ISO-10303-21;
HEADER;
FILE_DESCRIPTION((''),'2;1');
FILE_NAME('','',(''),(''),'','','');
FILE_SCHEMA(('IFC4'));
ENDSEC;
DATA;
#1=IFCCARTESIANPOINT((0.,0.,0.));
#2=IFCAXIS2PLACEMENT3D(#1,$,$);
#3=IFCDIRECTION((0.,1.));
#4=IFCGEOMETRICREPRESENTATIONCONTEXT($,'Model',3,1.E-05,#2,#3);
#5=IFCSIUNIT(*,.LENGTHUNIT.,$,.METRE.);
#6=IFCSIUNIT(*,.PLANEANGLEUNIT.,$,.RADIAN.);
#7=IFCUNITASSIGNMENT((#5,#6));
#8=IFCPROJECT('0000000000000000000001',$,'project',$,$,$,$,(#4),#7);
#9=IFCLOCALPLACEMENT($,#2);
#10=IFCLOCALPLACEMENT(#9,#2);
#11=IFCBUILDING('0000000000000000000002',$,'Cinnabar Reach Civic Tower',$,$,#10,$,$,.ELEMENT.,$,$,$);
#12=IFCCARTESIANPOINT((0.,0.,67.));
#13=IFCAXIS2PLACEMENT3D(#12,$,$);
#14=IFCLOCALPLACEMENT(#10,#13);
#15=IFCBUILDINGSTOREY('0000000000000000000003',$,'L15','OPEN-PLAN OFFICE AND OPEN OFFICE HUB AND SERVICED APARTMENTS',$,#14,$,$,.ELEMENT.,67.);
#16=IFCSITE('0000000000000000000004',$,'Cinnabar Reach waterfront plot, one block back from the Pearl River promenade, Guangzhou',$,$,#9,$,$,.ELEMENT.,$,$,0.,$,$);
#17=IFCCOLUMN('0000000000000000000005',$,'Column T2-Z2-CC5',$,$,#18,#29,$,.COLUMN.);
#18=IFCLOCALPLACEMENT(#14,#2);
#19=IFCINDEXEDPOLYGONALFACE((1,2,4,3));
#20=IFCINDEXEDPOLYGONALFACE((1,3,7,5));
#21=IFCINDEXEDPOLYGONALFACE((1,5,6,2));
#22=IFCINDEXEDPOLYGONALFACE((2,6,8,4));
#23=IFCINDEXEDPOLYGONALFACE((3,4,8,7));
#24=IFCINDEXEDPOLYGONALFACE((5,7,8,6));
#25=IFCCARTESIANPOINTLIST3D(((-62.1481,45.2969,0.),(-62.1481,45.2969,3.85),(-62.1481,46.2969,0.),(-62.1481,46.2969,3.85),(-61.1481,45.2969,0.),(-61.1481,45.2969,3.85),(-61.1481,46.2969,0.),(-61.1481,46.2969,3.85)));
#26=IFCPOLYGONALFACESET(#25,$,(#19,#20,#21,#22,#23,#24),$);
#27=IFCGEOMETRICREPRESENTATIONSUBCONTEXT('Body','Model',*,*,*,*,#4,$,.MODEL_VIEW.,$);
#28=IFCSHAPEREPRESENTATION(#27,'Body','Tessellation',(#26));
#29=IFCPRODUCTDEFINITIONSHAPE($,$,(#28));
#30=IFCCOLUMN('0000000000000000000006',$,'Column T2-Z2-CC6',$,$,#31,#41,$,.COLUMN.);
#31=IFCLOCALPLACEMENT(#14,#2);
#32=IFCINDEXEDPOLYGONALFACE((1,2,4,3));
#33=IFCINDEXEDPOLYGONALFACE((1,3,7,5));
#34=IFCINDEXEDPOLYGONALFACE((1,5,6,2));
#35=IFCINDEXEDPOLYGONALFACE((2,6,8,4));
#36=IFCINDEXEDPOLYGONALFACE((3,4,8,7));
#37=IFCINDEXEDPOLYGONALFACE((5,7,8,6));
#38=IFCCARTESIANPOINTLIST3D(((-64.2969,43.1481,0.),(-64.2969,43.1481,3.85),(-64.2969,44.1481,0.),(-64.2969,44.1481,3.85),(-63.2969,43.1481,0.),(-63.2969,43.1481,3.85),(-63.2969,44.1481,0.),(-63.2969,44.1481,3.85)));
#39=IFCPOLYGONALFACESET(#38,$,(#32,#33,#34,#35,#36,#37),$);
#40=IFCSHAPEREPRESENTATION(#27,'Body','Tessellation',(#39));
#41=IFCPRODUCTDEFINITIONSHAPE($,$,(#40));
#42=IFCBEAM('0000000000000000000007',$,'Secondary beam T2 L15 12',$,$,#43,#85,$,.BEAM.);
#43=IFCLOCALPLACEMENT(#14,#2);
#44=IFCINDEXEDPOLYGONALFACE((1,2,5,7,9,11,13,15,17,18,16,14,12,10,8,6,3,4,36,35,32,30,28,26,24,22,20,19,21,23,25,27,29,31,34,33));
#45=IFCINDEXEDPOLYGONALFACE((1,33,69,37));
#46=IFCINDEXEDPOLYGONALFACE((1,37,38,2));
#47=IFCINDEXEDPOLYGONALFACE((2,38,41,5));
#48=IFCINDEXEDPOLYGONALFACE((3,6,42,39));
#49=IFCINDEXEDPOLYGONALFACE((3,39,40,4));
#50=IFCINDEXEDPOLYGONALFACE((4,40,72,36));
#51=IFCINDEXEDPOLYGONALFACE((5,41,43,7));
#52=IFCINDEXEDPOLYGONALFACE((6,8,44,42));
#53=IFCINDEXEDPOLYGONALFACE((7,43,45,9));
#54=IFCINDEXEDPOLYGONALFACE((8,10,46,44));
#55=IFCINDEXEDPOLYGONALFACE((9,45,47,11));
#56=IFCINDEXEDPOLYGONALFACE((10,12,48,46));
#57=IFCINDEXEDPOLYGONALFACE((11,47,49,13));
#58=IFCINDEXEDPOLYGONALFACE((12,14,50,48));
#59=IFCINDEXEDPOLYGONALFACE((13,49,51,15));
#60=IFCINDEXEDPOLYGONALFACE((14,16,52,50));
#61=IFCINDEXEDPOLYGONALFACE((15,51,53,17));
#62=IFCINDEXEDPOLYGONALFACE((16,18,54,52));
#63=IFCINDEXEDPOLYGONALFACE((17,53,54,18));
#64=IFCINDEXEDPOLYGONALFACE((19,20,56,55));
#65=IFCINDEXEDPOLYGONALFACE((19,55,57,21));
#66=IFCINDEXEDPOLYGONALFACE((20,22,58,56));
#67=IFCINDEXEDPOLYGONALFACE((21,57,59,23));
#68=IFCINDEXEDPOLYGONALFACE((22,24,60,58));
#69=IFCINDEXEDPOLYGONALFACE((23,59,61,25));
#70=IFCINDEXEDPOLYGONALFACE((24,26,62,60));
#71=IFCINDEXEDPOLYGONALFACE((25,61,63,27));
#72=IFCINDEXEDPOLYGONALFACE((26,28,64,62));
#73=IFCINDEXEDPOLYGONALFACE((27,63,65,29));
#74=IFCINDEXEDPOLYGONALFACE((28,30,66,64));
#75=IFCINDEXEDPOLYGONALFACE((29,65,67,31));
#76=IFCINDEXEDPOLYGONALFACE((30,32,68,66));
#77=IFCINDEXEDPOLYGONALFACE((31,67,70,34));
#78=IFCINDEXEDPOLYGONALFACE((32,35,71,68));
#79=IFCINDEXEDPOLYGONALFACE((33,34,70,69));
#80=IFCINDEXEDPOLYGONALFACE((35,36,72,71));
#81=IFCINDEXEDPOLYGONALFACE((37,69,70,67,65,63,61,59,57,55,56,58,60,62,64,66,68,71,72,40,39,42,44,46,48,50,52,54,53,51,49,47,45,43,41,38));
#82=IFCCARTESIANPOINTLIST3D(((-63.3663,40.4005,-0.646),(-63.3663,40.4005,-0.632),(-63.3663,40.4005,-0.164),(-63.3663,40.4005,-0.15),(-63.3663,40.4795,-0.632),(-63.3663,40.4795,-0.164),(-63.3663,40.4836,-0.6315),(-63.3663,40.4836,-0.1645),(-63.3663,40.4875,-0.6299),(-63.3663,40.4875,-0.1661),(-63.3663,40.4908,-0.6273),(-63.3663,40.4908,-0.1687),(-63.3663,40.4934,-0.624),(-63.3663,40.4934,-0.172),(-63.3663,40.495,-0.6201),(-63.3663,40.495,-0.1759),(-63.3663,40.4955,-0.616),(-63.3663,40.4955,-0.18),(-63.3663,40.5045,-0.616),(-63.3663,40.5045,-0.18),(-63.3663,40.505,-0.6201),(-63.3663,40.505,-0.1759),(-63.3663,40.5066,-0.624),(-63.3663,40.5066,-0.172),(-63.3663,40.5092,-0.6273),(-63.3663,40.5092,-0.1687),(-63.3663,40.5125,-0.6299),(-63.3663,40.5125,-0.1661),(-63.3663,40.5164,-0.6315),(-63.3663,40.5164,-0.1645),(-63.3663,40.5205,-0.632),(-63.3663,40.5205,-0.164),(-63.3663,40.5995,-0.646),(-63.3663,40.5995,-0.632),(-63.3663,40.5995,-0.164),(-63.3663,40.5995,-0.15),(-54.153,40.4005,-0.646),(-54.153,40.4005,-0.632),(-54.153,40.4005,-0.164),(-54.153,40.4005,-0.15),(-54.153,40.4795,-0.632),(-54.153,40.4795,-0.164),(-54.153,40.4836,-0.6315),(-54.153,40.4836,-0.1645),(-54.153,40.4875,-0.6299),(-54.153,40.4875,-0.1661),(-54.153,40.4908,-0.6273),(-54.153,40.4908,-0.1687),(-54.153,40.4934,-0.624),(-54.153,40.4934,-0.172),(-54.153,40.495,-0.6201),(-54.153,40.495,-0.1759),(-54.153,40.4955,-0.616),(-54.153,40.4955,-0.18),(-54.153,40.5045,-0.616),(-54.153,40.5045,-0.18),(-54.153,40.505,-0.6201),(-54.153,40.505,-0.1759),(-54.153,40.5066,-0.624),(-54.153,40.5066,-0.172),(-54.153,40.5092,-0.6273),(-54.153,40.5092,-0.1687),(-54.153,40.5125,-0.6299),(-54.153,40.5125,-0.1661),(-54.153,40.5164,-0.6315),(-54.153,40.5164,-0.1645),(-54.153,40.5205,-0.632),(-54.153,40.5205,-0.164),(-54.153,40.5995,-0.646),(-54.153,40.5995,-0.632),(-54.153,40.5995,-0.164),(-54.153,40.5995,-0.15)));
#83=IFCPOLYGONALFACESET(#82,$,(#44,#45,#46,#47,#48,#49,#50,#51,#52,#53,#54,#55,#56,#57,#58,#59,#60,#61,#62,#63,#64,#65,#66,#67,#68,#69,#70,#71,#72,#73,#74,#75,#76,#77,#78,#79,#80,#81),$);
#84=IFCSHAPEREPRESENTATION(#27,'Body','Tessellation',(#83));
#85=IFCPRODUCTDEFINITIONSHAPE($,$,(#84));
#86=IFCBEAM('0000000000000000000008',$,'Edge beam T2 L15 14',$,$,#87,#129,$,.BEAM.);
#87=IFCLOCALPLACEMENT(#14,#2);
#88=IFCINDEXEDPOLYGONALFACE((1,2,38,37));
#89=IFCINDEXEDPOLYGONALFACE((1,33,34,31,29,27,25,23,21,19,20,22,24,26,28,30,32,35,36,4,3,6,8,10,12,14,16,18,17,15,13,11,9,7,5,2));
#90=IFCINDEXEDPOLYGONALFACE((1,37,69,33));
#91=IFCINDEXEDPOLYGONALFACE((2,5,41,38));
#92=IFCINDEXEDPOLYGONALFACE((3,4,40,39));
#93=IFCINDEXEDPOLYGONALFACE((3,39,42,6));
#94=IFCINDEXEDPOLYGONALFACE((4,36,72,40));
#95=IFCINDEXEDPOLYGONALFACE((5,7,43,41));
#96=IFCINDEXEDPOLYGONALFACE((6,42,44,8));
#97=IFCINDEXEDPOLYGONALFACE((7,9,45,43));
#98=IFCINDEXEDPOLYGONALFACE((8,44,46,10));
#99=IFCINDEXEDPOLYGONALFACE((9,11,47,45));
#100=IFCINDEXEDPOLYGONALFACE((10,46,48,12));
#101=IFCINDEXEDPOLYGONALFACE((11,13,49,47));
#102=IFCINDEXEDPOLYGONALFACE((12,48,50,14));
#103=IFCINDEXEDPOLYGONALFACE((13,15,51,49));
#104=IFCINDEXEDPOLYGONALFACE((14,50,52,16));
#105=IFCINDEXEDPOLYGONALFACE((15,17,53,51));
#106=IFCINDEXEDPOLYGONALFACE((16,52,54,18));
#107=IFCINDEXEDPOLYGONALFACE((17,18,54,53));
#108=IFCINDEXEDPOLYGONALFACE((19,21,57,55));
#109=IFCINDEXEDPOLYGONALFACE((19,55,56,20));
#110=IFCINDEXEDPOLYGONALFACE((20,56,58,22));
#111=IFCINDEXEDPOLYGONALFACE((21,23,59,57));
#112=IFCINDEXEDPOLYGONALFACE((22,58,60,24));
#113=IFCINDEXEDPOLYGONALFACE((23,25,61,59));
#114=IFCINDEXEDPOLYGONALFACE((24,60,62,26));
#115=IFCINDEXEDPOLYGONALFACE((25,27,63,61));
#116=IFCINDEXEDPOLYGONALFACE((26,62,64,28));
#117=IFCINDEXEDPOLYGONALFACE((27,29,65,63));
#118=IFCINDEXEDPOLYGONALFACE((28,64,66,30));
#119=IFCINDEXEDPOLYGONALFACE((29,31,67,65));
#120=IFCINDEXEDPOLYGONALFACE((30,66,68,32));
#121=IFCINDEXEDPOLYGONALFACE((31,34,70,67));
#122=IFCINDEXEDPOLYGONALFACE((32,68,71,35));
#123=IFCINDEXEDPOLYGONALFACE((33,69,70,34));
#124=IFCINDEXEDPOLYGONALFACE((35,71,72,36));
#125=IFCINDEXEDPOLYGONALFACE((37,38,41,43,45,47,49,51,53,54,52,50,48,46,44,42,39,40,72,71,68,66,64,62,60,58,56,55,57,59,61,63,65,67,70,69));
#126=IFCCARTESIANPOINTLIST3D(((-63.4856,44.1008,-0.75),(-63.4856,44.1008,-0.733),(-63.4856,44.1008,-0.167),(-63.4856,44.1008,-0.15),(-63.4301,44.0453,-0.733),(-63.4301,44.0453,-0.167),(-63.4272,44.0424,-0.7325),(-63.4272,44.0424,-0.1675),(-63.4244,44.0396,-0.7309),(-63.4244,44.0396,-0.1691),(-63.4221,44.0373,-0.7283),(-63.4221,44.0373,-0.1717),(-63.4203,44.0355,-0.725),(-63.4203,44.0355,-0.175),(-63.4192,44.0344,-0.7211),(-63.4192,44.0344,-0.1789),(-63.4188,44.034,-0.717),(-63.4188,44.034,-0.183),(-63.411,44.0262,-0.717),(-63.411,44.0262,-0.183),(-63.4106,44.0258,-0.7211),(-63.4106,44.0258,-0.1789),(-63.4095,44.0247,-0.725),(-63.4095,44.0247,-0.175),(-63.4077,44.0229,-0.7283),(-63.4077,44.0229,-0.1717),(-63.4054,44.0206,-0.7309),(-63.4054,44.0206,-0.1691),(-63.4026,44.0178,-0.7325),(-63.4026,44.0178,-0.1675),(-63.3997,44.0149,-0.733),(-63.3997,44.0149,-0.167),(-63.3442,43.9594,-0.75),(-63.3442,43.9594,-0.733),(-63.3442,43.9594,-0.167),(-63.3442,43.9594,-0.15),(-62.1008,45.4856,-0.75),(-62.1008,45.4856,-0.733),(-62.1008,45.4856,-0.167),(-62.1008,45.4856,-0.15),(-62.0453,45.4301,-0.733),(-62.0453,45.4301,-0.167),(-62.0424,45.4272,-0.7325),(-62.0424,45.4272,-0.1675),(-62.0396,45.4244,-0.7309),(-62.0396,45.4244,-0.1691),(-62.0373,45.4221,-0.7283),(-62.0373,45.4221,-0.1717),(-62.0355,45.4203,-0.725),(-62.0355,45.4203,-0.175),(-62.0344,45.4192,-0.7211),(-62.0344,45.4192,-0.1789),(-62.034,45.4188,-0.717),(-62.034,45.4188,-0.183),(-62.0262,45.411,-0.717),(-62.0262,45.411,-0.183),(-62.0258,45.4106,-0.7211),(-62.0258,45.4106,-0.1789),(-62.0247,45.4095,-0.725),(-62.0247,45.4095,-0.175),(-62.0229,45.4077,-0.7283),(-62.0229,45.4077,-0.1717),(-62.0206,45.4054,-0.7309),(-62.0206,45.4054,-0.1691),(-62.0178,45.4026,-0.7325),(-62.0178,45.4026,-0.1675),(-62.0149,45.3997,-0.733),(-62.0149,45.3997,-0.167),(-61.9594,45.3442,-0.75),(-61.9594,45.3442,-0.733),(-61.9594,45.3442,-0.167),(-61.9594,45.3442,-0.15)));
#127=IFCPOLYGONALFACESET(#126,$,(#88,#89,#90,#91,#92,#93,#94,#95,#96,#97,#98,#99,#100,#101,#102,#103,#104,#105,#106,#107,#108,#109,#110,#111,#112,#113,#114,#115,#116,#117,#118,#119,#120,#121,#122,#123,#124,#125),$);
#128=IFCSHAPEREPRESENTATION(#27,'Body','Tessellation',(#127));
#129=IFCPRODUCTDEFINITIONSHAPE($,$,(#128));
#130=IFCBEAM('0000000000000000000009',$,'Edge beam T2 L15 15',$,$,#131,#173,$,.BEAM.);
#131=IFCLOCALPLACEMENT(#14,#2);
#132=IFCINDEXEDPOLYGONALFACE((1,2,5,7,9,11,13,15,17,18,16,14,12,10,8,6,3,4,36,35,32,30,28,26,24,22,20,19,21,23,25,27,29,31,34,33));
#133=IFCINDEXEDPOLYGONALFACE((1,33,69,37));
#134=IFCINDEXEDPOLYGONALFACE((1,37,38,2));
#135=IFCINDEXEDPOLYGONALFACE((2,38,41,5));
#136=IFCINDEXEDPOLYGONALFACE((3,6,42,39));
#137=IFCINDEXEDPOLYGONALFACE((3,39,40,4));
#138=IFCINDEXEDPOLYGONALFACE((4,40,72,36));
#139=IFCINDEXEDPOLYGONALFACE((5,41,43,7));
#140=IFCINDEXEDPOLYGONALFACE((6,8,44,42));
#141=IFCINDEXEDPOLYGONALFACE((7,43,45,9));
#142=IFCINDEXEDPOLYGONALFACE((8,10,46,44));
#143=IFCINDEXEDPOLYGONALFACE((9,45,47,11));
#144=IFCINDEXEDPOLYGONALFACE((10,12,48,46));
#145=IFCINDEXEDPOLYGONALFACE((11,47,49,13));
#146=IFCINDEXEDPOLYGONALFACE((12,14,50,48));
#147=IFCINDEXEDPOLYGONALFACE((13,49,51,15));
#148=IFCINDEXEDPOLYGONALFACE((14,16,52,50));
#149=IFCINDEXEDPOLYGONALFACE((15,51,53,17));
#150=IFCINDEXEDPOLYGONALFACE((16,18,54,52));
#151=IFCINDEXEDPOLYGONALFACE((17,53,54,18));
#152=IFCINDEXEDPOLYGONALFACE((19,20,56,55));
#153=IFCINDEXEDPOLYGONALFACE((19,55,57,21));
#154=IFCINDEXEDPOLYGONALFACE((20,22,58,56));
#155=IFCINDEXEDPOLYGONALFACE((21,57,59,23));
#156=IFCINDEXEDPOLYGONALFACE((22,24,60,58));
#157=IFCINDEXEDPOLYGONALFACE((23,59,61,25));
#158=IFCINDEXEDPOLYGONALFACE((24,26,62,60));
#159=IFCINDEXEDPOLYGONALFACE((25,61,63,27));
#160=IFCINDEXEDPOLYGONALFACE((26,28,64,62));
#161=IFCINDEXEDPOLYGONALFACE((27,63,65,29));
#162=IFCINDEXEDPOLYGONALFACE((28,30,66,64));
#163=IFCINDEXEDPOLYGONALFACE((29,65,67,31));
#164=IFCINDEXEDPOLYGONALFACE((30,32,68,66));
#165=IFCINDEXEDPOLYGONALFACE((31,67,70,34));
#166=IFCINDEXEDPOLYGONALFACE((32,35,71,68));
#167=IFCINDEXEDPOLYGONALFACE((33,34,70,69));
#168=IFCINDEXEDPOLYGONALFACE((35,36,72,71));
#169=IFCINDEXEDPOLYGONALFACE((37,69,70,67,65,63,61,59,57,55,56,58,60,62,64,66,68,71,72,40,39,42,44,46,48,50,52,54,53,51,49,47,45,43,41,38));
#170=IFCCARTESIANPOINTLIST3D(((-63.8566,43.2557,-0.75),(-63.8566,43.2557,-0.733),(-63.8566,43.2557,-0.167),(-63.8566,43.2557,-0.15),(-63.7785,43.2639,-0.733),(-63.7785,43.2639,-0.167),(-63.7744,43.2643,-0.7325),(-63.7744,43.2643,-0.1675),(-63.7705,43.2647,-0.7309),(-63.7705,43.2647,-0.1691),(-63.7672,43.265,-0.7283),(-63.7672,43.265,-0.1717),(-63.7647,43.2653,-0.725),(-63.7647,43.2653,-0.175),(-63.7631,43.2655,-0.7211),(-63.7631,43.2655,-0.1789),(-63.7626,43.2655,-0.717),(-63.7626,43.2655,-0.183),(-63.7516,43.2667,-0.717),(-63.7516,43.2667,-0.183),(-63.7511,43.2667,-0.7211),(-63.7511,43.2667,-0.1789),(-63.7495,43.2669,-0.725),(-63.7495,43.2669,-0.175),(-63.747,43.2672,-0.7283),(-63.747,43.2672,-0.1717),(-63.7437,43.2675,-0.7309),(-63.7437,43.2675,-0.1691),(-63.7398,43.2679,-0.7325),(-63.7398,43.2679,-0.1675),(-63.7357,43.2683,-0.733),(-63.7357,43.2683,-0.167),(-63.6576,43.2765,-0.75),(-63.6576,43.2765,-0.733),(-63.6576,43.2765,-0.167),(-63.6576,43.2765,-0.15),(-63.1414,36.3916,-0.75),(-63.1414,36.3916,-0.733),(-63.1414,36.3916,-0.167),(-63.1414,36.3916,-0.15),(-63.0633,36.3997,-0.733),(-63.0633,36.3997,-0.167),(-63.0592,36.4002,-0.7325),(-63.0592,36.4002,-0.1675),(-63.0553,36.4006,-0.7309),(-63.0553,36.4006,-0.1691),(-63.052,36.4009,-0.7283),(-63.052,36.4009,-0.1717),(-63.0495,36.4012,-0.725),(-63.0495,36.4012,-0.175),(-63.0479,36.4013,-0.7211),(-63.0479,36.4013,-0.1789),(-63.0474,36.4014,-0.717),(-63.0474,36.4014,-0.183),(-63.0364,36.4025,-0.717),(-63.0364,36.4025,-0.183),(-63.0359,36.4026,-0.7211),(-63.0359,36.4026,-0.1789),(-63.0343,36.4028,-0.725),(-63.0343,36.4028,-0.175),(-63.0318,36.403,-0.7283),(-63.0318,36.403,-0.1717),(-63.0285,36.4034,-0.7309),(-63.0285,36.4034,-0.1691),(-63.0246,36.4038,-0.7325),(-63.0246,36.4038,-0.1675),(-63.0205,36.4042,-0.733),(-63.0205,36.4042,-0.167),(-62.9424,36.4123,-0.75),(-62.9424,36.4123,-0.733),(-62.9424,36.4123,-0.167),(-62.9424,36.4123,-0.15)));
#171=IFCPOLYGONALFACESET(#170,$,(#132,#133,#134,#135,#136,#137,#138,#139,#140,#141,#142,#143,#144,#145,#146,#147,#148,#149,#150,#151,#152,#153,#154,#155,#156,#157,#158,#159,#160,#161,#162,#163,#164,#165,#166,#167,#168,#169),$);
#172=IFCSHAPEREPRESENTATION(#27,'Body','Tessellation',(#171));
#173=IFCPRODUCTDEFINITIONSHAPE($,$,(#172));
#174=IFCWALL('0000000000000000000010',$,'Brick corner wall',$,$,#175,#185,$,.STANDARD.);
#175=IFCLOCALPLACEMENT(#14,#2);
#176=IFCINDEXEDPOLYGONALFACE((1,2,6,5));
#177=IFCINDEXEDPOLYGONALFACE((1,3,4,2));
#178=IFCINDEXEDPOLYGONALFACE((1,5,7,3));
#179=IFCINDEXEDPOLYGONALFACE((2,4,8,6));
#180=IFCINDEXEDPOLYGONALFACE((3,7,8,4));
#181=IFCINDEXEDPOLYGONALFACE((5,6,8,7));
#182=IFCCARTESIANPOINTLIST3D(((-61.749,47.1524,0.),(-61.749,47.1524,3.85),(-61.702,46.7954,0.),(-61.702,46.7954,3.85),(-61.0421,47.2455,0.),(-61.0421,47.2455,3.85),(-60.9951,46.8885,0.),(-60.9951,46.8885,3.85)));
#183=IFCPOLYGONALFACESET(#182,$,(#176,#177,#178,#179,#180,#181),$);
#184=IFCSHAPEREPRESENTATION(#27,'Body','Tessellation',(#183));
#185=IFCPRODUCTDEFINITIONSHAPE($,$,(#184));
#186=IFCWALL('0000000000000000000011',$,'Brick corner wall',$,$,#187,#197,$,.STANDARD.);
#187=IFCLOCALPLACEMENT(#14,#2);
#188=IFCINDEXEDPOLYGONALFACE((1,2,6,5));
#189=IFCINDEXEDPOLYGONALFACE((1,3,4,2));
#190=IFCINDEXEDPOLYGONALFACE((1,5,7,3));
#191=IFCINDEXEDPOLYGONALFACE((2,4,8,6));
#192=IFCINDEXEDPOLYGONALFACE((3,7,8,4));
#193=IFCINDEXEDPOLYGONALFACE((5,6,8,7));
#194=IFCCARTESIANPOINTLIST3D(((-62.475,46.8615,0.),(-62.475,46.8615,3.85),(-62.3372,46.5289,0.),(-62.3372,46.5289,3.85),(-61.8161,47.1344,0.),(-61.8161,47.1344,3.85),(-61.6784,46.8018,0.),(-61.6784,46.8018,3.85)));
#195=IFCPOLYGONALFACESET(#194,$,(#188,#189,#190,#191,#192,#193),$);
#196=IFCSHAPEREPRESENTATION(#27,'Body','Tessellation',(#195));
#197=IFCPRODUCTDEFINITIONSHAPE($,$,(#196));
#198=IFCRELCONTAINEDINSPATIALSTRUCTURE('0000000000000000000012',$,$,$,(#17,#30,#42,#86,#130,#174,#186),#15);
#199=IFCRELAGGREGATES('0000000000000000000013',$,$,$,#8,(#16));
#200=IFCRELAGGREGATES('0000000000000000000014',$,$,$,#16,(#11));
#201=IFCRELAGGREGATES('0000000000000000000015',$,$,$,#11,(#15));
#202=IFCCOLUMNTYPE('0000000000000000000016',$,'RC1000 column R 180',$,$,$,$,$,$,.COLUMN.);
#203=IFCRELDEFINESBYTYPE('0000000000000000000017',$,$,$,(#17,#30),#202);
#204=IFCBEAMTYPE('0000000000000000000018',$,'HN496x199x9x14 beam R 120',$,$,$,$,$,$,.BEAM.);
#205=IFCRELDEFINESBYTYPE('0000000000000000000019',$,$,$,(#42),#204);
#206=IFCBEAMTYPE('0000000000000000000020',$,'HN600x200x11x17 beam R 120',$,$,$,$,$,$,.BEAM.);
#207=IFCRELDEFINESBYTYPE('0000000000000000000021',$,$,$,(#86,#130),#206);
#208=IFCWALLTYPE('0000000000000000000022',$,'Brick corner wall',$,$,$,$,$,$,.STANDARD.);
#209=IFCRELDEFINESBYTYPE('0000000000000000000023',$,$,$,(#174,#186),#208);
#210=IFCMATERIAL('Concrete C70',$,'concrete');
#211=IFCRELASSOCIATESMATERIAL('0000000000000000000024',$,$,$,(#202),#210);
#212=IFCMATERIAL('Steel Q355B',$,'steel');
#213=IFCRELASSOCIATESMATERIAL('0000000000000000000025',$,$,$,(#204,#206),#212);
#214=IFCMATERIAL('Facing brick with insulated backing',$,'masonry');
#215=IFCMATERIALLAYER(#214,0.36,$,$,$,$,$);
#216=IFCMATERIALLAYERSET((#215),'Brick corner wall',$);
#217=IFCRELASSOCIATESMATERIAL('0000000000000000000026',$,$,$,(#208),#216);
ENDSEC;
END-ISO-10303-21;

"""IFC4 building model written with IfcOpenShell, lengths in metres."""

from ifc_helpers import new_model, si_unit, direction, frame, frame_2d, origin, origin_2d, place, context, subcontext, project, spatial, rectangle, i_section, extrude, material, layer, layer_set, material_profile, profile_set, type_object, element, save


model = new_model("IFC4")

# Units and contexts
model_context = context("Model", 3, precision=1e-05, world=origin(), true_north=direction((0.0, 1.0)))
body_context = subcontext(model_context, "Body", "Model", "MODEL_VIEW")
ifc_project = project(units=[si_unit("LENGTHUNIT", "METRE"), si_unit("PLANEANGLEUNIT", "RADIAN")], contexts=[model_context])

# Site, building, storey
site_placement = place(None, origin())
site = spatial("IfcSite", under=ifc_project, at=site_placement, Name="Cinnabar Reach waterfront plot, one block back from the Pearl River promenade, Guangzhou", CompositionType="ELEMENT", RefElevation=0.0)
building_placement = place(site_placement, origin())
building = spatial("IfcBuilding", under=site, at=building_placement, Name="Cinnabar Reach Civic Tower", CompositionType="ELEMENT")
storey_placement = place(building_placement, frame((0.0, 0.0, 67.0)))
storey = spatial("IfcBuildingStorey", under=building, at=storey_placement, Name="L15", Description="OPEN-PLAN OFFICE AND OPEN OFFICE HUB AND SERVICED APARTMENTS", CompositionType="ELEMENT", Elevation=67.0)

# Columns
ifc_material_1 = material(Name="Concrete C70", Category="concrete")
ifc_material_profile_1 = material_profile(ifc_material_1, rectangle(XDim=1.0, YDim=1.0, at=origin_2d()), Name="RC1000")
ifc_profile_set_1 = profile_set([ifc_material_profile_1], Name="Concrete C70")
column_type = type_object("IfcColumnType", Name="RC1000 column R 180", PredefinedType="COLUMN", material=ifc_profile_set_1)
for number, where, z_axis, x_axis, name in (
    (1, (-61.6481, 45.7969, 0.0), (0.0, 0.0, 1.0), (1.0, 0.0, 0.0), "Column T2-Z2-CC5"),
    (2, (-63.7969, 43.6481, 0.0), (0.0, 0.0, 1.0), (1.0, 0.0, 0.0), "Column T2-Z2-CC6"),
):
    element("IfcColumn", number, at=place(storey_placement, frame(where, z_axis=z_axis, x_axis=x_axis)), inside=storey, type_object=column_type, Name=name, PredefinedType="COLUMN", context=body_context, shape_type="SweptSolid", body=[
        extrude(rectangle(XDim=1.0, YDim=1.0, at=origin_2d()), origin(), (0.0, 0.0, 1.0), 3.85),
    ])

# Beams
ifc_material_2 = material(Name="Steel Q355B", Category="steel")
ifc_material_profile_2 = material_profile(ifc_material_2, i_section(OverallWidth=0.199, OverallDepth=0.496, WebThickness=0.009, FlangeThickness=0.014, FilletRadius=0.016, at=origin_2d()), Name="HN496x199x9x14")
ifc_profile_set_2 = profile_set([ifc_material_profile_2], Name="Steel Q355B")
beam_type_1 = type_object("IfcBeamType", Name="HN496x199x9x14 beam R 120", PredefinedType="BEAM", material=ifc_profile_set_2)
beam_1_placement = place(storey_placement, frame((-63.3663, 40.5, -0.398), z_axis=(1.0, 0.0, 0.0), x_axis=(0.0, 1.0, 0.0)))
element("IfcBeam", 3, at=beam_1_placement, inside=storey, type_object=beam_type_1, Name="Secondary beam T2 L15 12", PredefinedType="BEAM", context=body_context, shape_type="SweptSolid", body=[
    extrude(i_section(OverallWidth=0.199, OverallDepth=0.496, WebThickness=0.009, FlangeThickness=0.014, FilletRadius=0.016, at=origin_2d()), origin(), (0.0, 0.0, 1.0), 9.2133),
])
ifc_material_profile_3 = material_profile(ifc_material_2, i_section(OverallWidth=0.2, OverallDepth=0.6, WebThickness=0.011, FlangeThickness=0.017, FilletRadius=0.016, at=origin_2d()), Name="HN600x200x11x17")
ifc_profile_set_3 = profile_set([ifc_material_profile_3], Name="Steel Q355B")
beam_type_2 = type_object("IfcBeamType", Name="HN600x200x11x17 beam R 120", PredefinedType="BEAM", material=ifc_profile_set_3)
beam_2_placement = place(storey_placement, frame((-62.0301, 45.4149, -0.45), z_axis=(-0.707107, -0.707107, 0.0), x_axis=(0.707107, -0.707107, 0.0)))
element("IfcBeam", 4, at=beam_2_placement, inside=storey, type_object=beam_type_2, Name="Edge beam T2 L15 14", PredefinedType="BEAM", context=body_context, shape_type="SweptSolid", body=[
    extrude(i_section(OverallWidth=0.2, OverallDepth=0.6, WebThickness=0.011, FlangeThickness=0.017, FilletRadius=0.016, at=origin_2d()), origin(), (0.0, 0.0, 1.0), 1.9584),
])
beam_3_placement = place(storey_placement, frame((-63.7571, 43.2661, -0.45), z_axis=(0.103633, -0.994616, 0.0), x_axis=(0.994616, 0.103633, 0.0)))
element("IfcBeam", 5, at=beam_3_placement, inside=storey, type_object=beam_type_2, Name="Edge beam T2 L15 15", PredefinedType="BEAM", context=body_context, shape_type="SweptSolid", body=[
    extrude(i_section(OverallWidth=0.2, OverallDepth=0.6, WebThickness=0.011, FlangeThickness=0.017, FilletRadius=0.016, at=origin_2d()), origin(), (0.0, 0.0, 1.0), 6.9013),
])

# Walls
ifc_material_3 = material(Name="Facing brick with insulated backing", Category="masonry")
ifc_layer_1 = layer(ifc_material_3, 0.36)
ifc_layer_set_1 = layer_set([ifc_layer_1], Name="Brick corner wall")
wall_type_1 = type_object("IfcWallType", Name="Brick corner wall", PredefinedType="STANDARD", material=ifc_layer_set_1)
for number, where, z_axis, x_axis, name in (
    (6, (-61.0186, 47.067, 0.0), (0.0, 0.0, 1.0), (-0.991441, -0.130556, 0.0), "Brick corner wall"),
    (7, (-61.7473, 46.9681, 0.0), (0.0, 0.0, 1.0), (-0.923872, -0.382703, 0.0), "Brick corner wall"),
):
    element("IfcWall", number, at=place(storey_placement, frame(where, z_axis=z_axis, x_axis=x_axis)), inside=storey, type_object=wall_type_1, Name=name, PredefinedType="STANDARD", context=body_context, shape_type="SweptSolid", body=[
        extrude(rectangle(XDim=0.7131, YDim=0.36, at=frame_2d((0.3565, 0.0))), origin(), (0.0, 0.0, 1.0), 3.85),
    ])

save(model, "model.ifc")
